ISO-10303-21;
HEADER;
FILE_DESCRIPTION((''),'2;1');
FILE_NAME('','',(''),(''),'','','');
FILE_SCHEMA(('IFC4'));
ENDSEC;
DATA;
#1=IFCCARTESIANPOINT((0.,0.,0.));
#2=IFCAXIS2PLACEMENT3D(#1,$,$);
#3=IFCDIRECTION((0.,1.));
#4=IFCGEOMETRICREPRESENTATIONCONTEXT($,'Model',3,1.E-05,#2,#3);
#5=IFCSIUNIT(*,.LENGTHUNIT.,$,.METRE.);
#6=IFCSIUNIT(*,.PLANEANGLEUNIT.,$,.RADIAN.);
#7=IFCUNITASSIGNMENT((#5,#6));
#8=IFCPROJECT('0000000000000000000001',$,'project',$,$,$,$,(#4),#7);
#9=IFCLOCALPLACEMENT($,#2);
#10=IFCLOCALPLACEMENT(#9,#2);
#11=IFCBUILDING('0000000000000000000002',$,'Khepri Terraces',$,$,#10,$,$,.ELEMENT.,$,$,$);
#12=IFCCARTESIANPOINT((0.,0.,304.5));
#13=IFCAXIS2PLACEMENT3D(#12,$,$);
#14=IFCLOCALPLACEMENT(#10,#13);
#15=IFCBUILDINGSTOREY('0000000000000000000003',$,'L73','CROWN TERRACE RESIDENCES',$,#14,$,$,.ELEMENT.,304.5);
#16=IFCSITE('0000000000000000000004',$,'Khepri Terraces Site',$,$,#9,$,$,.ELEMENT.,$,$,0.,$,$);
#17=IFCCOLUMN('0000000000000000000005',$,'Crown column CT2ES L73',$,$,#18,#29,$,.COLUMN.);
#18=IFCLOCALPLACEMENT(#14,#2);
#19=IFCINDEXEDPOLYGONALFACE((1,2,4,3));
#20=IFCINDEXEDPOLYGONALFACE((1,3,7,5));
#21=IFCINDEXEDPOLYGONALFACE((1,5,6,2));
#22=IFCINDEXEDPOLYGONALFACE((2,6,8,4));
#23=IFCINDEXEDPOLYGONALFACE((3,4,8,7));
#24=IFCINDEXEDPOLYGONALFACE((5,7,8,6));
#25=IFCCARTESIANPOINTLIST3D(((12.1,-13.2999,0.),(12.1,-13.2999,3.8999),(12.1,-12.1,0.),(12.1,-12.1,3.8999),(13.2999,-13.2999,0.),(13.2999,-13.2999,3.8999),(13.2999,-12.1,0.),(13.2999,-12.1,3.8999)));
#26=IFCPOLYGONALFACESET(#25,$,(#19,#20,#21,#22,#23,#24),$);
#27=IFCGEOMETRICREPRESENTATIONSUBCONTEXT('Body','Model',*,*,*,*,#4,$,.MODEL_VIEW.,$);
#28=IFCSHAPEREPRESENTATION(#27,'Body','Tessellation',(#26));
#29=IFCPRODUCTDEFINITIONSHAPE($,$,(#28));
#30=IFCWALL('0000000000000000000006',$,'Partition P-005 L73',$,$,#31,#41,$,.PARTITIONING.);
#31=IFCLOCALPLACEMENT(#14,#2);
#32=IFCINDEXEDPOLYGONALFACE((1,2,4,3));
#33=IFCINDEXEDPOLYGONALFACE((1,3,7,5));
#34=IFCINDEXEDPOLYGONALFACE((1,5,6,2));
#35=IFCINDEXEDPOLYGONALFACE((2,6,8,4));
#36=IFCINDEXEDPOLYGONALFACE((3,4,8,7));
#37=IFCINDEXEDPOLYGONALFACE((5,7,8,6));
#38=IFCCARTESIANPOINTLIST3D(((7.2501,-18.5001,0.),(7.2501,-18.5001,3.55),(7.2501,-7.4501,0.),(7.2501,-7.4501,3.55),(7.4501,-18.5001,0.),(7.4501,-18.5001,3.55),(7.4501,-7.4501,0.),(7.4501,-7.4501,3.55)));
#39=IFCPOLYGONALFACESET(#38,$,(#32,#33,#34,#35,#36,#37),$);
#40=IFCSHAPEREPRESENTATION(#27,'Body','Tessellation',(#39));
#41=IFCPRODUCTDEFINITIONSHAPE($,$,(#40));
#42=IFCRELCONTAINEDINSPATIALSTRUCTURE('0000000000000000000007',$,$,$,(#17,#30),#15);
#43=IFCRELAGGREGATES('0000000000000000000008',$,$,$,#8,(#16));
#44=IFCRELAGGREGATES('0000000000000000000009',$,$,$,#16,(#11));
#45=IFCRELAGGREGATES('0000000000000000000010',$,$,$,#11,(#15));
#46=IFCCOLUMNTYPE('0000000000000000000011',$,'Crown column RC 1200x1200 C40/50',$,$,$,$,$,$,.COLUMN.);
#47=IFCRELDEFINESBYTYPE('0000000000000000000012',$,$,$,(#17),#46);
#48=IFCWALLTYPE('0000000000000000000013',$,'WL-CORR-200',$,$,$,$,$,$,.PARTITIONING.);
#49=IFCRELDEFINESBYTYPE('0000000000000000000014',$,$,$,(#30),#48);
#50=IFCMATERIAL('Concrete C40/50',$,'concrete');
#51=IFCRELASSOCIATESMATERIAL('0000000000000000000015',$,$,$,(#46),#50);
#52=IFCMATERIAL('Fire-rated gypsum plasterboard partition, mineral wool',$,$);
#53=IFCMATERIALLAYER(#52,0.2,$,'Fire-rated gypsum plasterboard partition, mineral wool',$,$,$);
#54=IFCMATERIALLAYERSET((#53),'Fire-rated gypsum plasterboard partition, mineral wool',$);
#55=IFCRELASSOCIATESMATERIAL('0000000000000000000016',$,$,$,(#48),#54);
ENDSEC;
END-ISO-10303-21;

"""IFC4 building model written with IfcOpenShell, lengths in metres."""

from ifc_helpers import new_model, si_unit, direction, frame, frame_2d, origin, origin_2d, place, context, subcontext, project, spatial, rectangle, extrude, material, layer, layer_set, material_profile, profile_set, type_object, element, save


model = new_model("IFC4")

# Units and contexts
model_context = context("Model", 3, precision=1e-05, world=origin(), true_north=direction((0.0, 1.0)))
body_context = subcontext(model_context, "Body", "Model", "MODEL_VIEW")
ifc_project = project(units=[si_unit("LENGTHUNIT", "METRE"), si_unit("PLANEANGLEUNIT", "RADIAN")], contexts=[model_context])

# Site, building, storey
site_placement = place(None, origin())
site = spatial("IfcSite", under=ifc_project, at=site_placement, Name="Khepri Terraces Site", CompositionType="ELEMENT", RefElevation=0.0)
building_placement = place(site_placement, origin())
building = spatial("IfcBuilding", under=site, at=building_placement, Name="Khepri Terraces", CompositionType="ELEMENT")
storey_placement = place(building_placement, frame((0.0, 0.0, 304.5)))
storey = spatial("IfcBuildingStorey", under=building, at=storey_placement, Name="L73", Description="CROWN TERRACE RESIDENCES", CompositionType="ELEMENT", Elevation=304.5)

# Column
ifc_material_1 = material(Name="Concrete C40/50", Category="concrete")
ifc_material_profile = material_profile(ifc_material_1, rectangle(XDim=1.2, YDim=1.2, at=origin_2d()), Name="Concrete C40/50", Category="concrete")
ifc_profile_set = profile_set([ifc_material_profile], Name="Concrete C40/50")
column_type = type_object("IfcColumnType", Name="Crown column RC 1200x1200 C40/50", PredefinedType="COLUMN", material=ifc_profile_set)
column_placement = place(storey_placement, frame((12.7, -12.7, 0.0), z_axis=(0.0, 0.0, 1.0), x_axis=(1.0, 0.0, 0.0)))
element("IfcColumn", 1, at=column_placement, inside=storey, type_object=column_type, Name="Crown column CT2ES L73", PredefinedType="COLUMN", context=body_context, shape_type="SweptSolid", body=[
    extrude(rectangle(XDim=1.2, YDim=1.2, at=origin_2d()), origin(), (0.0, 0.0, 1.0), 3.8999),
])

# Wall
ifc_material_2 = material(Name="Fire-rated gypsum plasterboard partition, mineral wool")
ifc_layer_1 = layer(ifc_material_2, 0.2, Name="Fire-rated gypsum plasterboard partition, mineral wool")
ifc_layer_set_1 = layer_set([ifc_layer_1], Name="Fire-rated gypsum plasterboard partition, mineral wool")
wall_type_1 = type_object("IfcWallType", Name="WL-CORR-200", PredefinedType="PARTITIONING", material=ifc_layer_set_1)
wall_1_placement = place(storey_placement, frame((7.3501, -18.5, 0.0), z_axis=(0.0, 0.0, 1.0), x_axis=(0.0, 1.0, 0.0)))
element("IfcWall", 2, at=wall_1_placement, inside=storey, type_object=wall_type_1, Name="Partition P-005 L73", PredefinedType="PARTITIONING", context=body_context, shape_type="SweptSolid", body=[
    extrude(rectangle(XDim=11.05, YDim=0.2, at=frame_2d((5.5249, 0.0))), origin(), (0.0, 0.0, 1.0), 3.55),
])

save(model, "model.ifc")
